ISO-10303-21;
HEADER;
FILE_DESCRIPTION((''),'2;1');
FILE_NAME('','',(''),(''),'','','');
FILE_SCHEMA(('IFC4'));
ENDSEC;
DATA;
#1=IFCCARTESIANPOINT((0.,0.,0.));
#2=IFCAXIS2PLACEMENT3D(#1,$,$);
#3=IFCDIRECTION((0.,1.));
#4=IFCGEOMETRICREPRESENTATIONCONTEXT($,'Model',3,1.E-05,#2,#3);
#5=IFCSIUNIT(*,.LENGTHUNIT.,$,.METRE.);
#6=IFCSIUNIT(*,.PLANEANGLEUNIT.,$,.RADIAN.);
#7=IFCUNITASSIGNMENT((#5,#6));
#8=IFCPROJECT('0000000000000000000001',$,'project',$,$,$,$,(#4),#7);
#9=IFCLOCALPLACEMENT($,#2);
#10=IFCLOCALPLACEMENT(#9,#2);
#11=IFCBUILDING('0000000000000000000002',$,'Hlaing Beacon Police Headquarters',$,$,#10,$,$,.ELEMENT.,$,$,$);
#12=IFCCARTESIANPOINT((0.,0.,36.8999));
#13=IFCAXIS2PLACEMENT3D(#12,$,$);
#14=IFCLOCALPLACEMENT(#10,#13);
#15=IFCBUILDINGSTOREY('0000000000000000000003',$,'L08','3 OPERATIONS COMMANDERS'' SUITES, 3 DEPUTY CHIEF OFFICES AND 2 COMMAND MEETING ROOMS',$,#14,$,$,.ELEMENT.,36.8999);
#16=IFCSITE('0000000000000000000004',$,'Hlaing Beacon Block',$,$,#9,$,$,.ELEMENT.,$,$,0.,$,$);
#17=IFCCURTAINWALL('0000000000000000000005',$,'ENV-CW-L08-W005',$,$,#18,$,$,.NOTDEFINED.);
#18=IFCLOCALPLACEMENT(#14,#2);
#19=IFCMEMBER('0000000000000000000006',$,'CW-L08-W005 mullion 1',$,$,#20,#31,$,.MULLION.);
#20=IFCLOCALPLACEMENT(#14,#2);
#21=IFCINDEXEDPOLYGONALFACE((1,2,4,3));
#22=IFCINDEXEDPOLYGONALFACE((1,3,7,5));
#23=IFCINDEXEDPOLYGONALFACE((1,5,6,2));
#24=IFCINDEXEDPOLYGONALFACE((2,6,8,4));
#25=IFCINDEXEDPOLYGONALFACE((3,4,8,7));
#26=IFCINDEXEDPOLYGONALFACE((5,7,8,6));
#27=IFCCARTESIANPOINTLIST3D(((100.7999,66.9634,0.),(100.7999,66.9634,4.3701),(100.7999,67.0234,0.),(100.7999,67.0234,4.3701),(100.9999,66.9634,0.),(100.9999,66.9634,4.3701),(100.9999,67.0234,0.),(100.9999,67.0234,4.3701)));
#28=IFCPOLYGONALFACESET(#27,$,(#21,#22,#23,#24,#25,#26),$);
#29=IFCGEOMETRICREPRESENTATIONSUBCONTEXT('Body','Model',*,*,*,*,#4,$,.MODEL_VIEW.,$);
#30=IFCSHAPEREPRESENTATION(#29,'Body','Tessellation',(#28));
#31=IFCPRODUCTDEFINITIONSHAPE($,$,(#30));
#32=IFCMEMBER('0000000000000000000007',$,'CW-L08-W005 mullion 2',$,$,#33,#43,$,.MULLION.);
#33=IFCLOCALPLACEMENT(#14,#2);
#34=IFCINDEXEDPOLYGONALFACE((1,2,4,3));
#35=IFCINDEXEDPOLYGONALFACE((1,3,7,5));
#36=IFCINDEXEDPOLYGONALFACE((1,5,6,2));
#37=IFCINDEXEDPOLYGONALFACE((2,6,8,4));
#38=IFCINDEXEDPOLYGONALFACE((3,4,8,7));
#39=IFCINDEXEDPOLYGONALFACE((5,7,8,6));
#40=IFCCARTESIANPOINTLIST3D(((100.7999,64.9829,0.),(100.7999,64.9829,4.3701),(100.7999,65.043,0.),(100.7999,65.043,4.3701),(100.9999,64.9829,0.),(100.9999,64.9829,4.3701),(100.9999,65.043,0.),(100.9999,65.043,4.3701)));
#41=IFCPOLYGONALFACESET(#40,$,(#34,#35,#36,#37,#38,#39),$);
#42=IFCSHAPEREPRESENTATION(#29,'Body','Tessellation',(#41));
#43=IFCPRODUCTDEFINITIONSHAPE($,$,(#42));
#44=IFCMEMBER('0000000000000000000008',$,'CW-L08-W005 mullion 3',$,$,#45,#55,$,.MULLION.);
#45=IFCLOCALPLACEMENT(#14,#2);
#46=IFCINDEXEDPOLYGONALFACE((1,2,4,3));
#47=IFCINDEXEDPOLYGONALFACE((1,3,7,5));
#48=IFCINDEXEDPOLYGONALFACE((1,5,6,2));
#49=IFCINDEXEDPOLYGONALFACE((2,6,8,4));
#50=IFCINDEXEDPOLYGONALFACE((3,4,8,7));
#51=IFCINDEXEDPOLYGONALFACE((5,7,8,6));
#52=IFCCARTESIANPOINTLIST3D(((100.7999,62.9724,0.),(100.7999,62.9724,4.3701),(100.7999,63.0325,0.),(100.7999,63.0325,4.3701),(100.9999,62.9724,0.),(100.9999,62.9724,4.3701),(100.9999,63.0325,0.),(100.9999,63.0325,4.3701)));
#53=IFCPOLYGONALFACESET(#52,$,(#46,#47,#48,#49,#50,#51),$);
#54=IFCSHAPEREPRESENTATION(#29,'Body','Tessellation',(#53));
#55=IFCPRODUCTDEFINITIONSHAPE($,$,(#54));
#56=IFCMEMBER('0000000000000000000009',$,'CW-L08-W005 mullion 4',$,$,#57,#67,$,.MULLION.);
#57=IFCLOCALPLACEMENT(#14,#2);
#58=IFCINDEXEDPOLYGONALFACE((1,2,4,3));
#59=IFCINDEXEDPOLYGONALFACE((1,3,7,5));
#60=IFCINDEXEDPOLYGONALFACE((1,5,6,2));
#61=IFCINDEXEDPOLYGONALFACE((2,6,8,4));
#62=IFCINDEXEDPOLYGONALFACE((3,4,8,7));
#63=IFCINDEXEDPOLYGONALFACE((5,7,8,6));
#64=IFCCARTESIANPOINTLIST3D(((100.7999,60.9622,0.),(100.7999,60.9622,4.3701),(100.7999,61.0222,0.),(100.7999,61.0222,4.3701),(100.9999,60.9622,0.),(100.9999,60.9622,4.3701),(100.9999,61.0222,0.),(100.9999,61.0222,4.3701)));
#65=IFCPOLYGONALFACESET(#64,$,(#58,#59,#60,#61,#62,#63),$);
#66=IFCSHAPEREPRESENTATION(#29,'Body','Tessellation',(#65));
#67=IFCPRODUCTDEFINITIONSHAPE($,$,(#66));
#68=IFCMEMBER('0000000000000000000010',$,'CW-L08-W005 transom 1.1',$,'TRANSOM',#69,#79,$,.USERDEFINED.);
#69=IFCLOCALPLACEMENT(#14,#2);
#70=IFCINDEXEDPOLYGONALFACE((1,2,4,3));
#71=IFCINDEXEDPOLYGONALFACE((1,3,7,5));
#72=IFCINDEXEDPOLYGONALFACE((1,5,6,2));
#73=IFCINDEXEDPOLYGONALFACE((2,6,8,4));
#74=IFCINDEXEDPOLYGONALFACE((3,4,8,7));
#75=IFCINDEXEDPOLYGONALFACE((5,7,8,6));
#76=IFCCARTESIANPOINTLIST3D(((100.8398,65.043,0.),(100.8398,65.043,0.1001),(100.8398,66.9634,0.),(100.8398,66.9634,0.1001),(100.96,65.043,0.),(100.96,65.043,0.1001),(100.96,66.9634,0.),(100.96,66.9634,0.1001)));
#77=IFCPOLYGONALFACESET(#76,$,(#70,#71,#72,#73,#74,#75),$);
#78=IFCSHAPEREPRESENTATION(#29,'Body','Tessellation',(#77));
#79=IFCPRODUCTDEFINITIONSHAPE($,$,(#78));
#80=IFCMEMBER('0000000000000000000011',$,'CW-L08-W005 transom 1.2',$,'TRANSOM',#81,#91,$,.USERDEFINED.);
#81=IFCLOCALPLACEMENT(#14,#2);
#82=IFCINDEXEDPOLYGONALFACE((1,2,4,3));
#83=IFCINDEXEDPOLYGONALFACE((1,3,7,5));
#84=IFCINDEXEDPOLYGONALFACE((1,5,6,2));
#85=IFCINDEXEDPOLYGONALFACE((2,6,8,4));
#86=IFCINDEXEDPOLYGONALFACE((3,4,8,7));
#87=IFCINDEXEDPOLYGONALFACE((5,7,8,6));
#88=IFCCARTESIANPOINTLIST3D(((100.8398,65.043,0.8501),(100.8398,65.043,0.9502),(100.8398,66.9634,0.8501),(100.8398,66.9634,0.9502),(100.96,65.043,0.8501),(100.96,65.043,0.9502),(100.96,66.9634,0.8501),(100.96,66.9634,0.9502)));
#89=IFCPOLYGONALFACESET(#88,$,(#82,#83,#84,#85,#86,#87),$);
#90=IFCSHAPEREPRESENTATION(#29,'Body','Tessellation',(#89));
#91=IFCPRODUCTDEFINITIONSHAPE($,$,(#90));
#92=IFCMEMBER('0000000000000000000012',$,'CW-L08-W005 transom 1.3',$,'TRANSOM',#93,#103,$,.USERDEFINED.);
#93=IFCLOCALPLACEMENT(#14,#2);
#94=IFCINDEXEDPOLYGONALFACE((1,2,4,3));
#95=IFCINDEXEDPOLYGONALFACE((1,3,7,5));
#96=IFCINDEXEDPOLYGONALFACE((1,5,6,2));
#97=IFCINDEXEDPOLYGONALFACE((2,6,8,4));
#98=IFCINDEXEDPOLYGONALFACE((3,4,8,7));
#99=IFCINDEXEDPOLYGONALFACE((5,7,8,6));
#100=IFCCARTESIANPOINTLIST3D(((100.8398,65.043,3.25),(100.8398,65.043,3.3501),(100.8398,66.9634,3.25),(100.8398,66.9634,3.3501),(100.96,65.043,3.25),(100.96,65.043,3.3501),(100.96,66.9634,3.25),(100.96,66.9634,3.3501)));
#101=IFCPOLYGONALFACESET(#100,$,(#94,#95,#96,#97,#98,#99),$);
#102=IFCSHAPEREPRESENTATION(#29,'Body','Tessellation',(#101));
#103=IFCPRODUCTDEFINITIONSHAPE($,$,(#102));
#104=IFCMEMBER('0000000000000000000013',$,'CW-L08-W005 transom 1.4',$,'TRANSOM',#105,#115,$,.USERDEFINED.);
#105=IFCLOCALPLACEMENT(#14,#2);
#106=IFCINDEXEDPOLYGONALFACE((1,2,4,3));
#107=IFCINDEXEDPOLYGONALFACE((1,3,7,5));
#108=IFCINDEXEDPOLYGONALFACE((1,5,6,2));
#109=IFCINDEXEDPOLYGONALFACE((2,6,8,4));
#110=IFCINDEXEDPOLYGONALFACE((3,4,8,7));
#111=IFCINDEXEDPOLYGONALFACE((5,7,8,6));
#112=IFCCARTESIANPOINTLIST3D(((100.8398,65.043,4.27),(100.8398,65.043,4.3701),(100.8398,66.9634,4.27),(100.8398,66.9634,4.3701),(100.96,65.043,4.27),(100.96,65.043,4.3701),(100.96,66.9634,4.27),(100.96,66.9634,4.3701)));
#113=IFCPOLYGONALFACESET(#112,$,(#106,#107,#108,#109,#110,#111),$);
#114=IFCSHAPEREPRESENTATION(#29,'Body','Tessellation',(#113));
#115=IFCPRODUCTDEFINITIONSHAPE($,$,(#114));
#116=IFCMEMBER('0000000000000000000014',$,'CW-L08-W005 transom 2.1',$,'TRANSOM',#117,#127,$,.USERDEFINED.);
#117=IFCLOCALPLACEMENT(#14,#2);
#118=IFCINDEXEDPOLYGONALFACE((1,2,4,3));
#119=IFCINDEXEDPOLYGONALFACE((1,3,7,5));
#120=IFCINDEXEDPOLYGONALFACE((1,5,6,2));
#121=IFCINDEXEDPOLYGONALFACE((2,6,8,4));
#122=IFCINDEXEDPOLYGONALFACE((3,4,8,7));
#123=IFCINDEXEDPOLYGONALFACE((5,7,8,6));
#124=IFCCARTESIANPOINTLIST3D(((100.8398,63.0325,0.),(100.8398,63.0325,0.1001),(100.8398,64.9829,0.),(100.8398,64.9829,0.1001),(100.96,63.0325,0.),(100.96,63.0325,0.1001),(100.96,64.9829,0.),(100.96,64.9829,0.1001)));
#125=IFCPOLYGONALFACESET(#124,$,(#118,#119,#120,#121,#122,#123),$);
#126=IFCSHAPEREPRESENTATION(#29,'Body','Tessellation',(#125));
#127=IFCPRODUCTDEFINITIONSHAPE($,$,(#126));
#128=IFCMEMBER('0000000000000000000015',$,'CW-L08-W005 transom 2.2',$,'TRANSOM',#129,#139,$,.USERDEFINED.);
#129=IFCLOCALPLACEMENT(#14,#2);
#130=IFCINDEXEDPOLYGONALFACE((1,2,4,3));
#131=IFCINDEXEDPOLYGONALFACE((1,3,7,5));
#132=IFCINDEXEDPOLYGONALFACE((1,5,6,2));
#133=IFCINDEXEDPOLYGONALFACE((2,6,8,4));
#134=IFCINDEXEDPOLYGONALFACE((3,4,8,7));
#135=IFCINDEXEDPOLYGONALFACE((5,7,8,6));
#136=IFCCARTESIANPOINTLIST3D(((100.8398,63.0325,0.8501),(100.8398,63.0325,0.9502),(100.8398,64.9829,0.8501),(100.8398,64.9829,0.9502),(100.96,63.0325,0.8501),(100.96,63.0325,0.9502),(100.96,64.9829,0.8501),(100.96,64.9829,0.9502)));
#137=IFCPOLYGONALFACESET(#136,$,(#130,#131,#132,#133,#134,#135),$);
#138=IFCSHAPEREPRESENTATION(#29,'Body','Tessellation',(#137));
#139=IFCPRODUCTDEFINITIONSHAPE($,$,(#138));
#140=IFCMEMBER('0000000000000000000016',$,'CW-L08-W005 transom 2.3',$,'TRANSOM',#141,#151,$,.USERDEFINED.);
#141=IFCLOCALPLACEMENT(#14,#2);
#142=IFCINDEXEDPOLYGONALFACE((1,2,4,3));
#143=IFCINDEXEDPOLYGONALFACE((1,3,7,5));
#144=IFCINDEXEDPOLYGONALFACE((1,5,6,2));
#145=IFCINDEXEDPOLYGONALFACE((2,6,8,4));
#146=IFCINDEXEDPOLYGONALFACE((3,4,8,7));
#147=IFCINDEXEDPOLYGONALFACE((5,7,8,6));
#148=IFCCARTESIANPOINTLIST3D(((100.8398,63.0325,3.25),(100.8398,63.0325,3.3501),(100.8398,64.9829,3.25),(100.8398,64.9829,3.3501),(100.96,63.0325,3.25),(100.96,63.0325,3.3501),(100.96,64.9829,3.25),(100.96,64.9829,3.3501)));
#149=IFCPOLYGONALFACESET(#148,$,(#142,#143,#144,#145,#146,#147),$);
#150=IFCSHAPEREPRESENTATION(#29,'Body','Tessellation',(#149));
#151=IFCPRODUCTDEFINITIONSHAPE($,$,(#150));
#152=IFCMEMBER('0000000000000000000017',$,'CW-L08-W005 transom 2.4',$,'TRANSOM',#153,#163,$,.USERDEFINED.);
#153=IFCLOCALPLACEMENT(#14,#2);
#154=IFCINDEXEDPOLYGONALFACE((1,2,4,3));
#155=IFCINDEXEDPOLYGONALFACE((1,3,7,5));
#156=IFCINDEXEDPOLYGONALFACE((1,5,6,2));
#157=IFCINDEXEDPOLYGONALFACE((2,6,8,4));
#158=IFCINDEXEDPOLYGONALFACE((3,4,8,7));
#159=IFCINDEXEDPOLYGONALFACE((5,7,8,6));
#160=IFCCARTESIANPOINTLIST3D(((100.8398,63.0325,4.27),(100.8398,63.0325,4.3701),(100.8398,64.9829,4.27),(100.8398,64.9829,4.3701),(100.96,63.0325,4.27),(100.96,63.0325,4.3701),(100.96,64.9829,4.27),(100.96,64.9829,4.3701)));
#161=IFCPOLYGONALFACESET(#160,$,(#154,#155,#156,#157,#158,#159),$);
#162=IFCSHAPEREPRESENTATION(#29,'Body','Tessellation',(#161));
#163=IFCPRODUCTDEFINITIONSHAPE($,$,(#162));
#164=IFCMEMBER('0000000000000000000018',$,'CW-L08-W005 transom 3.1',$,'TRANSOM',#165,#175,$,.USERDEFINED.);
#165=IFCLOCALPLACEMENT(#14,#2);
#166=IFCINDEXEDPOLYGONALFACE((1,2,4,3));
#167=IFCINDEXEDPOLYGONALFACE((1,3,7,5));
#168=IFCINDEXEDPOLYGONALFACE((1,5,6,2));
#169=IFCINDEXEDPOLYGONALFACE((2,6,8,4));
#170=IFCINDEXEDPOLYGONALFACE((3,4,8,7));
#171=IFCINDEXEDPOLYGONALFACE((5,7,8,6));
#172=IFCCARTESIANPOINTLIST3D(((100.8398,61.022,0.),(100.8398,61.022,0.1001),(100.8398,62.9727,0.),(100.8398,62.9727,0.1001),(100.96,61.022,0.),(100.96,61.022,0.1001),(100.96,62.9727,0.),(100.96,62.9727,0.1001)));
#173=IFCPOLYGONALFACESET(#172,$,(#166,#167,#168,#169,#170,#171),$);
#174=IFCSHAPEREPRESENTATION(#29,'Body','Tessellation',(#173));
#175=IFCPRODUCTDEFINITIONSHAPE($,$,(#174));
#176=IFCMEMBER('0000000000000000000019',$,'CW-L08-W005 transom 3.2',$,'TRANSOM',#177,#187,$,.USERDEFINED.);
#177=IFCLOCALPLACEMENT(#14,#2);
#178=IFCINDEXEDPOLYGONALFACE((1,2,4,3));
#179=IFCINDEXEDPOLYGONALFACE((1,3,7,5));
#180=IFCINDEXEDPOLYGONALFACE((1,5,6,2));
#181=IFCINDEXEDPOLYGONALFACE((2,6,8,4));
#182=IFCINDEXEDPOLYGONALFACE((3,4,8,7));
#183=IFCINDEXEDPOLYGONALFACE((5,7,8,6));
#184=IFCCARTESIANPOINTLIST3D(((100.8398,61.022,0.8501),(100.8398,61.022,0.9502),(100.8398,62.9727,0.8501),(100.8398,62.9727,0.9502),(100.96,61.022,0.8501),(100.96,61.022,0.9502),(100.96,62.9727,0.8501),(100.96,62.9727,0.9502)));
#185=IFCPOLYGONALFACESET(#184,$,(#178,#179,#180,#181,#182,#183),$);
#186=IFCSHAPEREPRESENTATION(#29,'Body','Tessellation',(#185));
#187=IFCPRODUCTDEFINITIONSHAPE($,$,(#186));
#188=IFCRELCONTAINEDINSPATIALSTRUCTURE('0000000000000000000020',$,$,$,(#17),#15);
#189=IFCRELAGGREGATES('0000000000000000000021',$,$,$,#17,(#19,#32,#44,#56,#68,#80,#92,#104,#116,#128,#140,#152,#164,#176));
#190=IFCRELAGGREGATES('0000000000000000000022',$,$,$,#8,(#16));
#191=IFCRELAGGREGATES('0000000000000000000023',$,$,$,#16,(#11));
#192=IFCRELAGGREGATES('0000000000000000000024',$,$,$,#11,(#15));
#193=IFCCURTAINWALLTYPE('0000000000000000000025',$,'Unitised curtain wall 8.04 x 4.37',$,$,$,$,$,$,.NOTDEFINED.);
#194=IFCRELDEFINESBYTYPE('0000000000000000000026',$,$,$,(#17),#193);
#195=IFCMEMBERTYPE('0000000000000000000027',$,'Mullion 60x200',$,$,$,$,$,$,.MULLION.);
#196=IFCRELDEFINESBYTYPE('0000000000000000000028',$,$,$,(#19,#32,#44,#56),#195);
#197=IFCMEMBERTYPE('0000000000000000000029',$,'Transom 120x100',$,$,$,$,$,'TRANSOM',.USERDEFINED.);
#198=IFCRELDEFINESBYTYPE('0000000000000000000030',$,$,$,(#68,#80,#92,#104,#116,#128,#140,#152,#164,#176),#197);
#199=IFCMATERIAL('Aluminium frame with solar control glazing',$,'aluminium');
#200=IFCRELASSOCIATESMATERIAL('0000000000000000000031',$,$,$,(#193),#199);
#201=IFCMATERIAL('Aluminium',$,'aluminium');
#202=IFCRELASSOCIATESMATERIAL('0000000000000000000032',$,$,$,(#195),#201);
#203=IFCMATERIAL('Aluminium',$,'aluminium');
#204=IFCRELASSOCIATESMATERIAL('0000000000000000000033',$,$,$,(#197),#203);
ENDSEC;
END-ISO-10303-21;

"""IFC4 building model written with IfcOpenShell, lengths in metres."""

from ifc_helpers import new_model, si_unit, direction, frame, origin, origin_2d, place, context, subcontext, project, spatial, rectangle, extrude, material, material_profile, profile_set, type_object, element, aggregate, save


model = new_model("IFC4")

# Units and contexts
model_context = context("Model", 3, precision=1e-05, world=origin(), true_north=direction((0.0, 1.0)))
body_context = subcontext(model_context, "Body", "Model", "MODEL_VIEW")
ifc_project = project(units=[si_unit("LENGTHUNIT", "METRE"), si_unit("PLANEANGLEUNIT", "RADIAN")], contexts=[model_context])

# Site, building, storey
site_placement = place(None, origin())
site = spatial("IfcSite", under=ifc_project, at=site_placement, Name="Hlaing Beacon Block", CompositionType="ELEMENT", RefElevation=0.0)
building_placement = place(site_placement, origin())
building = spatial("IfcBuilding", under=site, at=building_placement, Name="Hlaing Beacon Police Headquarters", CompositionType="ELEMENT")
storey_placement = place(building_placement, frame((0.0, 0.0, 36.8999)))
storey = spatial("IfcBuildingStorey", under=building, at=storey_placement, Name="L08", Description="3 OPERATIONS COMMANDERS' SUITES, 3 DEPUTY CHIEF OFFICES AND 2 COMMAND MEETING ROOMS", CompositionType="ELEMENT", Elevation=36.8999)

# Curtain wall, members
ifc_material_1 = material(Name="Aluminium frame with solar control glazing", Category="aluminium")
curtain_wall_type = type_object("IfcCurtainWallType", Name="Unitised curtain wall 8.04 x 4.37", PredefinedType="NOTDEFINED", material=ifc_material_1)
curtain_wall_placement = place(storey_placement, origin())
curtain_wall = element("IfcCurtainWall", 1, at=curtain_wall_placement, inside=storey, type_object=curtain_wall_type, Name="ENV-CW-L08-W005", PredefinedType="NOTDEFINED")
ifc_material_2 = material(Name="Aluminium", Category="aluminium")
ifc_material_profile_1 = material_profile(ifc_material_2, rectangle(XDim=0.2, YDim=0.0601, at=origin_2d()), Name="Mullion 60x200")
ifc_profile_set_1 = profile_set([ifc_material_profile_1], Name="Aluminium")
member_type_1 = type_object("IfcMemberType", Name="Mullion 60x200", PredefinedType="MULLION", material=ifc_profile_set_1)
member_1_placement = place(storey_placement, frame((100.8999, 66.9934, 0.0), z_axis=(0.0, 0.0, 1.0), x_axis=(1.0, 0.0, 0.0)))
member_1 = element("IfcMember", 2, at=member_1_placement, type_object=member_type_1, Name="CW-L08-W005 mullion 1", PredefinedType="MULLION", context=body_context, shape_type="SweptSolid", body=[
    extrude(rectangle(XDim=0.2, YDim=0.0601, at=origin_2d()), origin(), (0.0, 0.0, 1.0), 4.3701),
])
member_2_placement = place(storey_placement, frame((100.8999, 65.0129, 0.0), z_axis=(0.0, 0.0, 1.0), x_axis=(1.0, 0.0, 0.0)))
member_2 = element("IfcMember", 3, at=member_2_placement, type_object=member_type_1, Name="CW-L08-W005 mullion 2", PredefinedType="MULLION", context=body_context, shape_type="SweptSolid", body=[
    extrude(rectangle(XDim=0.2, YDim=0.0601, at=origin_2d()), origin(), (0.0, 0.0, 1.0), 4.3701),
])
member_3_placement = place(storey_placement, frame((100.8999, 63.0024, 0.0), z_axis=(0.0, 0.0, 1.0), x_axis=(1.0, 0.0, 0.0)))
member_3 = element("IfcMember", 4, at=member_3_placement, type_object=member_type_1, Name="CW-L08-W005 mullion 3", PredefinedType="MULLION", context=body_context, shape_type="SweptSolid", body=[
    extrude(rectangle(XDim=0.2, YDim=0.0601, at=origin_2d()), origin(), (0.0, 0.0, 1.0), 4.3701),
])
member_4_placement = place(storey_placement, frame((100.8999, 60.9922, 0.0), z_axis=(0.0, 0.0, 1.0), x_axis=(1.0, 0.0, 0.0)))
member_4 = element("IfcMember", 5, at=member_4_placement, type_object=member_type_1, Name="CW-L08-W005 mullion 4", PredefinedType="MULLION", context=body_context, shape_type="SweptSolid", body=[
    extrude(rectangle(XDim=0.2, YDim=0.0601, at=origin_2d()), origin(), (0.0, 0.0, 1.0), 4.3701),
])
ifc_material_3 = material(Name="Aluminium", Category="aluminium")
ifc_material_profile_2 = material_profile(ifc_material_3, rectangle(XDim=0.1201, YDim=0.1001, at=origin_2d()), Name="Transom 120x100")
ifc_profile_set_2 = profile_set([ifc_material_profile_2], Name="Aluminium")
member_type_2 = type_object("IfcMemberType", Name="Transom 120x100", ElementType="TRANSOM", PredefinedType="USERDEFINED", material=ifc_profile_set_2)
member_5_placement = place(storey_placement, frame((100.8999, 66.9634, 0.05), z_axis=(0.0, -1.0, 0.0), x_axis=(1.0, 0.0, 0.0)))
member_5 = element("IfcMember", 6, at=member_5_placement, type_object=member_type_2, Name="CW-L08-W005 transom 1.1", ObjectType="TRANSOM", PredefinedType="USERDEFINED", context=body_context, shape_type="SweptSolid", body=[
    extrude(rectangle(XDim=0.1201, YDim=0.1001, at=origin_2d()), origin(), (0.0, 0.0, 1.0), 1.9204),
])
member_6_placement = place(storey_placement, frame((100.8999, 66.9634, 0.9001), z_axis=(0.0, -1.0, 0.0), x_axis=(1.0, 0.0, 0.0)))
member_6 = element("IfcMember", 7, at=member_6_placement, type_object=member_type_2, Name="CW-L08-W005 transom 1.2", ObjectType="TRANSOM", PredefinedType="USERDEFINED", context=body_context, shape_type="SweptSolid", body=[
    extrude(rectangle(XDim=0.1201, YDim=0.1001, at=origin_2d()), origin(), (0.0, 0.0, 1.0), 1.9204),
])
member_7_placement = place(storey_placement, frame((100.8999, 66.9634, 3.3), z_axis=(0.0, -1.0, 0.0), x_axis=(1.0, 0.0, 0.0)))
member_7 = element("IfcMember", 8, at=member_7_placement, type_object=member_type_2, Name="CW-L08-W005 transom 1.3", ObjectType="TRANSOM", PredefinedType="USERDEFINED", context=body_context, shape_type="SweptSolid", body=[
    extrude(rectangle(XDim=0.1201, YDim=0.1001, at=origin_2d()), origin(), (0.0, 0.0, 1.0), 1.9204),
])
member_8_placement = place(storey_placement, frame((100.8999, 66.9634, 4.3201), z_axis=(0.0, -1.0, 0.0), x_axis=(1.0, 0.0, 0.0)))
member_8 = element("IfcMember", 9, at=member_8_placement, type_object=member_type_2, Name="CW-L08-W005 transom 1.4", ObjectType="TRANSOM", PredefinedType="USERDEFINED", context=body_context, shape_type="SweptSolid", body=[
    extrude(rectangle(XDim=0.1201, YDim=0.1001, at=origin_2d()), origin(), (0.0, 0.0, 1.0), 1.9204),
])
member_9_placement = place(storey_placement, frame((100.8999, 64.9829, 0.05), z_axis=(0.0, -1.0, 0.0), x_axis=(1.0, 0.0, 0.0)))
member_9 = element("IfcMember", 10, at=member_9_placement, type_object=member_type_2, Name="CW-L08-W005 transom 2.1", ObjectType="TRANSOM", PredefinedType="USERDEFINED", context=body_context, shape_type="SweptSolid", body=[
    extrude(rectangle(XDim=0.1201, YDim=0.1001, at=origin_2d()), origin(), (0.0, 0.0, 1.0), 1.9504),
])
member_10_placement = place(storey_placement, frame((100.8999, 64.9829, 0.9001), z_axis=(0.0, -1.0, 0.0), x_axis=(1.0, 0.0, 0.0)))
member_10 = element("IfcMember", 11, at=member_10_placement, type_object=member_type_2, Name="CW-L08-W005 transom 2.2", ObjectType="TRANSOM", PredefinedType="USERDEFINED", context=body_context, shape_type="SweptSolid", body=[
    extrude(rectangle(XDim=0.1201, YDim=0.1001, at=origin_2d()), origin(), (0.0, 0.0, 1.0), 1.9504),
])
member_11_placement = place(storey_placement, frame((100.8999, 64.9829, 3.3), z_axis=(0.0, -1.0, 0.0), x_axis=(1.0, 0.0, 0.0)))
member_11 = element("IfcMember", 12, at=member_11_placement, type_object=member_type_2, Name="CW-L08-W005 transom 2.3", ObjectType="TRANSOM", PredefinedType="USERDEFINED", context=body_context, shape_type="SweptSolid", body=[
    extrude(rectangle(XDim=0.1201, YDim=0.1001, at=origin_2d()), origin(), (0.0, 0.0, 1.0), 1.9504),
])
member_12_placement = place(storey_placement, frame((100.8999, 64.9829, 4.3201), z_axis=(0.0, -1.0, 0.0), x_axis=(1.0, 0.0, 0.0)))
member_12 = element("IfcMember", 13, at=member_12_placement, type_object=member_type_2, Name="CW-L08-W005 transom 2.4", ObjectType="TRANSOM", PredefinedType="USERDEFINED", context=body_context, shape_type="SweptSolid", body=[
    extrude(rectangle(XDim=0.1201, YDim=0.1001, at=origin_2d()), origin(), (0.0, 0.0, 1.0), 1.9504),
])
member_13_placement = place(storey_placement, frame((100.8999, 62.9727, 0.05), z_axis=(0.0, -1.0, 0.0), x_axis=(1.0, 0.0, 0.0)))
member_13 = element("IfcMember", 14, at=member_13_placement, type_object=member_type_2, Name="CW-L08-W005 transom 3.1", ObjectType="TRANSOM", PredefinedType="USERDEFINED", context=body_context, shape_type="SweptSolid", body=[
    extrude(rectangle(XDim=0.1201, YDim=0.1001, at=origin_2d()), origin(), (0.0, 0.0, 1.0), 1.9507),
])
member_14_placement = place(storey_placement, frame((100.8999, 62.9727, 0.9001), z_axis=(0.0, -1.0, 0.0), x_axis=(1.0, 0.0, 0.0)))
member_14 = element("IfcMember", 15, at=member_14_placement, type_object=member_type_2, Name="CW-L08-W005 transom 3.2", ObjectType="TRANSOM", PredefinedType="USERDEFINED", context=body_context, shape_type="SweptSolid", body=[
    extrude(rectangle(XDim=0.1201, YDim=0.1001, at=origin_2d()), origin(), (0.0, 0.0, 1.0), 1.9507),
])
aggregate(curtain_wall, [member_1, member_2, member_3, member_4, member_5, member_6, member_7, member_8, member_9, member_10, member_11, member_12, member_13, member_14])

save(model, "model.ifc")
